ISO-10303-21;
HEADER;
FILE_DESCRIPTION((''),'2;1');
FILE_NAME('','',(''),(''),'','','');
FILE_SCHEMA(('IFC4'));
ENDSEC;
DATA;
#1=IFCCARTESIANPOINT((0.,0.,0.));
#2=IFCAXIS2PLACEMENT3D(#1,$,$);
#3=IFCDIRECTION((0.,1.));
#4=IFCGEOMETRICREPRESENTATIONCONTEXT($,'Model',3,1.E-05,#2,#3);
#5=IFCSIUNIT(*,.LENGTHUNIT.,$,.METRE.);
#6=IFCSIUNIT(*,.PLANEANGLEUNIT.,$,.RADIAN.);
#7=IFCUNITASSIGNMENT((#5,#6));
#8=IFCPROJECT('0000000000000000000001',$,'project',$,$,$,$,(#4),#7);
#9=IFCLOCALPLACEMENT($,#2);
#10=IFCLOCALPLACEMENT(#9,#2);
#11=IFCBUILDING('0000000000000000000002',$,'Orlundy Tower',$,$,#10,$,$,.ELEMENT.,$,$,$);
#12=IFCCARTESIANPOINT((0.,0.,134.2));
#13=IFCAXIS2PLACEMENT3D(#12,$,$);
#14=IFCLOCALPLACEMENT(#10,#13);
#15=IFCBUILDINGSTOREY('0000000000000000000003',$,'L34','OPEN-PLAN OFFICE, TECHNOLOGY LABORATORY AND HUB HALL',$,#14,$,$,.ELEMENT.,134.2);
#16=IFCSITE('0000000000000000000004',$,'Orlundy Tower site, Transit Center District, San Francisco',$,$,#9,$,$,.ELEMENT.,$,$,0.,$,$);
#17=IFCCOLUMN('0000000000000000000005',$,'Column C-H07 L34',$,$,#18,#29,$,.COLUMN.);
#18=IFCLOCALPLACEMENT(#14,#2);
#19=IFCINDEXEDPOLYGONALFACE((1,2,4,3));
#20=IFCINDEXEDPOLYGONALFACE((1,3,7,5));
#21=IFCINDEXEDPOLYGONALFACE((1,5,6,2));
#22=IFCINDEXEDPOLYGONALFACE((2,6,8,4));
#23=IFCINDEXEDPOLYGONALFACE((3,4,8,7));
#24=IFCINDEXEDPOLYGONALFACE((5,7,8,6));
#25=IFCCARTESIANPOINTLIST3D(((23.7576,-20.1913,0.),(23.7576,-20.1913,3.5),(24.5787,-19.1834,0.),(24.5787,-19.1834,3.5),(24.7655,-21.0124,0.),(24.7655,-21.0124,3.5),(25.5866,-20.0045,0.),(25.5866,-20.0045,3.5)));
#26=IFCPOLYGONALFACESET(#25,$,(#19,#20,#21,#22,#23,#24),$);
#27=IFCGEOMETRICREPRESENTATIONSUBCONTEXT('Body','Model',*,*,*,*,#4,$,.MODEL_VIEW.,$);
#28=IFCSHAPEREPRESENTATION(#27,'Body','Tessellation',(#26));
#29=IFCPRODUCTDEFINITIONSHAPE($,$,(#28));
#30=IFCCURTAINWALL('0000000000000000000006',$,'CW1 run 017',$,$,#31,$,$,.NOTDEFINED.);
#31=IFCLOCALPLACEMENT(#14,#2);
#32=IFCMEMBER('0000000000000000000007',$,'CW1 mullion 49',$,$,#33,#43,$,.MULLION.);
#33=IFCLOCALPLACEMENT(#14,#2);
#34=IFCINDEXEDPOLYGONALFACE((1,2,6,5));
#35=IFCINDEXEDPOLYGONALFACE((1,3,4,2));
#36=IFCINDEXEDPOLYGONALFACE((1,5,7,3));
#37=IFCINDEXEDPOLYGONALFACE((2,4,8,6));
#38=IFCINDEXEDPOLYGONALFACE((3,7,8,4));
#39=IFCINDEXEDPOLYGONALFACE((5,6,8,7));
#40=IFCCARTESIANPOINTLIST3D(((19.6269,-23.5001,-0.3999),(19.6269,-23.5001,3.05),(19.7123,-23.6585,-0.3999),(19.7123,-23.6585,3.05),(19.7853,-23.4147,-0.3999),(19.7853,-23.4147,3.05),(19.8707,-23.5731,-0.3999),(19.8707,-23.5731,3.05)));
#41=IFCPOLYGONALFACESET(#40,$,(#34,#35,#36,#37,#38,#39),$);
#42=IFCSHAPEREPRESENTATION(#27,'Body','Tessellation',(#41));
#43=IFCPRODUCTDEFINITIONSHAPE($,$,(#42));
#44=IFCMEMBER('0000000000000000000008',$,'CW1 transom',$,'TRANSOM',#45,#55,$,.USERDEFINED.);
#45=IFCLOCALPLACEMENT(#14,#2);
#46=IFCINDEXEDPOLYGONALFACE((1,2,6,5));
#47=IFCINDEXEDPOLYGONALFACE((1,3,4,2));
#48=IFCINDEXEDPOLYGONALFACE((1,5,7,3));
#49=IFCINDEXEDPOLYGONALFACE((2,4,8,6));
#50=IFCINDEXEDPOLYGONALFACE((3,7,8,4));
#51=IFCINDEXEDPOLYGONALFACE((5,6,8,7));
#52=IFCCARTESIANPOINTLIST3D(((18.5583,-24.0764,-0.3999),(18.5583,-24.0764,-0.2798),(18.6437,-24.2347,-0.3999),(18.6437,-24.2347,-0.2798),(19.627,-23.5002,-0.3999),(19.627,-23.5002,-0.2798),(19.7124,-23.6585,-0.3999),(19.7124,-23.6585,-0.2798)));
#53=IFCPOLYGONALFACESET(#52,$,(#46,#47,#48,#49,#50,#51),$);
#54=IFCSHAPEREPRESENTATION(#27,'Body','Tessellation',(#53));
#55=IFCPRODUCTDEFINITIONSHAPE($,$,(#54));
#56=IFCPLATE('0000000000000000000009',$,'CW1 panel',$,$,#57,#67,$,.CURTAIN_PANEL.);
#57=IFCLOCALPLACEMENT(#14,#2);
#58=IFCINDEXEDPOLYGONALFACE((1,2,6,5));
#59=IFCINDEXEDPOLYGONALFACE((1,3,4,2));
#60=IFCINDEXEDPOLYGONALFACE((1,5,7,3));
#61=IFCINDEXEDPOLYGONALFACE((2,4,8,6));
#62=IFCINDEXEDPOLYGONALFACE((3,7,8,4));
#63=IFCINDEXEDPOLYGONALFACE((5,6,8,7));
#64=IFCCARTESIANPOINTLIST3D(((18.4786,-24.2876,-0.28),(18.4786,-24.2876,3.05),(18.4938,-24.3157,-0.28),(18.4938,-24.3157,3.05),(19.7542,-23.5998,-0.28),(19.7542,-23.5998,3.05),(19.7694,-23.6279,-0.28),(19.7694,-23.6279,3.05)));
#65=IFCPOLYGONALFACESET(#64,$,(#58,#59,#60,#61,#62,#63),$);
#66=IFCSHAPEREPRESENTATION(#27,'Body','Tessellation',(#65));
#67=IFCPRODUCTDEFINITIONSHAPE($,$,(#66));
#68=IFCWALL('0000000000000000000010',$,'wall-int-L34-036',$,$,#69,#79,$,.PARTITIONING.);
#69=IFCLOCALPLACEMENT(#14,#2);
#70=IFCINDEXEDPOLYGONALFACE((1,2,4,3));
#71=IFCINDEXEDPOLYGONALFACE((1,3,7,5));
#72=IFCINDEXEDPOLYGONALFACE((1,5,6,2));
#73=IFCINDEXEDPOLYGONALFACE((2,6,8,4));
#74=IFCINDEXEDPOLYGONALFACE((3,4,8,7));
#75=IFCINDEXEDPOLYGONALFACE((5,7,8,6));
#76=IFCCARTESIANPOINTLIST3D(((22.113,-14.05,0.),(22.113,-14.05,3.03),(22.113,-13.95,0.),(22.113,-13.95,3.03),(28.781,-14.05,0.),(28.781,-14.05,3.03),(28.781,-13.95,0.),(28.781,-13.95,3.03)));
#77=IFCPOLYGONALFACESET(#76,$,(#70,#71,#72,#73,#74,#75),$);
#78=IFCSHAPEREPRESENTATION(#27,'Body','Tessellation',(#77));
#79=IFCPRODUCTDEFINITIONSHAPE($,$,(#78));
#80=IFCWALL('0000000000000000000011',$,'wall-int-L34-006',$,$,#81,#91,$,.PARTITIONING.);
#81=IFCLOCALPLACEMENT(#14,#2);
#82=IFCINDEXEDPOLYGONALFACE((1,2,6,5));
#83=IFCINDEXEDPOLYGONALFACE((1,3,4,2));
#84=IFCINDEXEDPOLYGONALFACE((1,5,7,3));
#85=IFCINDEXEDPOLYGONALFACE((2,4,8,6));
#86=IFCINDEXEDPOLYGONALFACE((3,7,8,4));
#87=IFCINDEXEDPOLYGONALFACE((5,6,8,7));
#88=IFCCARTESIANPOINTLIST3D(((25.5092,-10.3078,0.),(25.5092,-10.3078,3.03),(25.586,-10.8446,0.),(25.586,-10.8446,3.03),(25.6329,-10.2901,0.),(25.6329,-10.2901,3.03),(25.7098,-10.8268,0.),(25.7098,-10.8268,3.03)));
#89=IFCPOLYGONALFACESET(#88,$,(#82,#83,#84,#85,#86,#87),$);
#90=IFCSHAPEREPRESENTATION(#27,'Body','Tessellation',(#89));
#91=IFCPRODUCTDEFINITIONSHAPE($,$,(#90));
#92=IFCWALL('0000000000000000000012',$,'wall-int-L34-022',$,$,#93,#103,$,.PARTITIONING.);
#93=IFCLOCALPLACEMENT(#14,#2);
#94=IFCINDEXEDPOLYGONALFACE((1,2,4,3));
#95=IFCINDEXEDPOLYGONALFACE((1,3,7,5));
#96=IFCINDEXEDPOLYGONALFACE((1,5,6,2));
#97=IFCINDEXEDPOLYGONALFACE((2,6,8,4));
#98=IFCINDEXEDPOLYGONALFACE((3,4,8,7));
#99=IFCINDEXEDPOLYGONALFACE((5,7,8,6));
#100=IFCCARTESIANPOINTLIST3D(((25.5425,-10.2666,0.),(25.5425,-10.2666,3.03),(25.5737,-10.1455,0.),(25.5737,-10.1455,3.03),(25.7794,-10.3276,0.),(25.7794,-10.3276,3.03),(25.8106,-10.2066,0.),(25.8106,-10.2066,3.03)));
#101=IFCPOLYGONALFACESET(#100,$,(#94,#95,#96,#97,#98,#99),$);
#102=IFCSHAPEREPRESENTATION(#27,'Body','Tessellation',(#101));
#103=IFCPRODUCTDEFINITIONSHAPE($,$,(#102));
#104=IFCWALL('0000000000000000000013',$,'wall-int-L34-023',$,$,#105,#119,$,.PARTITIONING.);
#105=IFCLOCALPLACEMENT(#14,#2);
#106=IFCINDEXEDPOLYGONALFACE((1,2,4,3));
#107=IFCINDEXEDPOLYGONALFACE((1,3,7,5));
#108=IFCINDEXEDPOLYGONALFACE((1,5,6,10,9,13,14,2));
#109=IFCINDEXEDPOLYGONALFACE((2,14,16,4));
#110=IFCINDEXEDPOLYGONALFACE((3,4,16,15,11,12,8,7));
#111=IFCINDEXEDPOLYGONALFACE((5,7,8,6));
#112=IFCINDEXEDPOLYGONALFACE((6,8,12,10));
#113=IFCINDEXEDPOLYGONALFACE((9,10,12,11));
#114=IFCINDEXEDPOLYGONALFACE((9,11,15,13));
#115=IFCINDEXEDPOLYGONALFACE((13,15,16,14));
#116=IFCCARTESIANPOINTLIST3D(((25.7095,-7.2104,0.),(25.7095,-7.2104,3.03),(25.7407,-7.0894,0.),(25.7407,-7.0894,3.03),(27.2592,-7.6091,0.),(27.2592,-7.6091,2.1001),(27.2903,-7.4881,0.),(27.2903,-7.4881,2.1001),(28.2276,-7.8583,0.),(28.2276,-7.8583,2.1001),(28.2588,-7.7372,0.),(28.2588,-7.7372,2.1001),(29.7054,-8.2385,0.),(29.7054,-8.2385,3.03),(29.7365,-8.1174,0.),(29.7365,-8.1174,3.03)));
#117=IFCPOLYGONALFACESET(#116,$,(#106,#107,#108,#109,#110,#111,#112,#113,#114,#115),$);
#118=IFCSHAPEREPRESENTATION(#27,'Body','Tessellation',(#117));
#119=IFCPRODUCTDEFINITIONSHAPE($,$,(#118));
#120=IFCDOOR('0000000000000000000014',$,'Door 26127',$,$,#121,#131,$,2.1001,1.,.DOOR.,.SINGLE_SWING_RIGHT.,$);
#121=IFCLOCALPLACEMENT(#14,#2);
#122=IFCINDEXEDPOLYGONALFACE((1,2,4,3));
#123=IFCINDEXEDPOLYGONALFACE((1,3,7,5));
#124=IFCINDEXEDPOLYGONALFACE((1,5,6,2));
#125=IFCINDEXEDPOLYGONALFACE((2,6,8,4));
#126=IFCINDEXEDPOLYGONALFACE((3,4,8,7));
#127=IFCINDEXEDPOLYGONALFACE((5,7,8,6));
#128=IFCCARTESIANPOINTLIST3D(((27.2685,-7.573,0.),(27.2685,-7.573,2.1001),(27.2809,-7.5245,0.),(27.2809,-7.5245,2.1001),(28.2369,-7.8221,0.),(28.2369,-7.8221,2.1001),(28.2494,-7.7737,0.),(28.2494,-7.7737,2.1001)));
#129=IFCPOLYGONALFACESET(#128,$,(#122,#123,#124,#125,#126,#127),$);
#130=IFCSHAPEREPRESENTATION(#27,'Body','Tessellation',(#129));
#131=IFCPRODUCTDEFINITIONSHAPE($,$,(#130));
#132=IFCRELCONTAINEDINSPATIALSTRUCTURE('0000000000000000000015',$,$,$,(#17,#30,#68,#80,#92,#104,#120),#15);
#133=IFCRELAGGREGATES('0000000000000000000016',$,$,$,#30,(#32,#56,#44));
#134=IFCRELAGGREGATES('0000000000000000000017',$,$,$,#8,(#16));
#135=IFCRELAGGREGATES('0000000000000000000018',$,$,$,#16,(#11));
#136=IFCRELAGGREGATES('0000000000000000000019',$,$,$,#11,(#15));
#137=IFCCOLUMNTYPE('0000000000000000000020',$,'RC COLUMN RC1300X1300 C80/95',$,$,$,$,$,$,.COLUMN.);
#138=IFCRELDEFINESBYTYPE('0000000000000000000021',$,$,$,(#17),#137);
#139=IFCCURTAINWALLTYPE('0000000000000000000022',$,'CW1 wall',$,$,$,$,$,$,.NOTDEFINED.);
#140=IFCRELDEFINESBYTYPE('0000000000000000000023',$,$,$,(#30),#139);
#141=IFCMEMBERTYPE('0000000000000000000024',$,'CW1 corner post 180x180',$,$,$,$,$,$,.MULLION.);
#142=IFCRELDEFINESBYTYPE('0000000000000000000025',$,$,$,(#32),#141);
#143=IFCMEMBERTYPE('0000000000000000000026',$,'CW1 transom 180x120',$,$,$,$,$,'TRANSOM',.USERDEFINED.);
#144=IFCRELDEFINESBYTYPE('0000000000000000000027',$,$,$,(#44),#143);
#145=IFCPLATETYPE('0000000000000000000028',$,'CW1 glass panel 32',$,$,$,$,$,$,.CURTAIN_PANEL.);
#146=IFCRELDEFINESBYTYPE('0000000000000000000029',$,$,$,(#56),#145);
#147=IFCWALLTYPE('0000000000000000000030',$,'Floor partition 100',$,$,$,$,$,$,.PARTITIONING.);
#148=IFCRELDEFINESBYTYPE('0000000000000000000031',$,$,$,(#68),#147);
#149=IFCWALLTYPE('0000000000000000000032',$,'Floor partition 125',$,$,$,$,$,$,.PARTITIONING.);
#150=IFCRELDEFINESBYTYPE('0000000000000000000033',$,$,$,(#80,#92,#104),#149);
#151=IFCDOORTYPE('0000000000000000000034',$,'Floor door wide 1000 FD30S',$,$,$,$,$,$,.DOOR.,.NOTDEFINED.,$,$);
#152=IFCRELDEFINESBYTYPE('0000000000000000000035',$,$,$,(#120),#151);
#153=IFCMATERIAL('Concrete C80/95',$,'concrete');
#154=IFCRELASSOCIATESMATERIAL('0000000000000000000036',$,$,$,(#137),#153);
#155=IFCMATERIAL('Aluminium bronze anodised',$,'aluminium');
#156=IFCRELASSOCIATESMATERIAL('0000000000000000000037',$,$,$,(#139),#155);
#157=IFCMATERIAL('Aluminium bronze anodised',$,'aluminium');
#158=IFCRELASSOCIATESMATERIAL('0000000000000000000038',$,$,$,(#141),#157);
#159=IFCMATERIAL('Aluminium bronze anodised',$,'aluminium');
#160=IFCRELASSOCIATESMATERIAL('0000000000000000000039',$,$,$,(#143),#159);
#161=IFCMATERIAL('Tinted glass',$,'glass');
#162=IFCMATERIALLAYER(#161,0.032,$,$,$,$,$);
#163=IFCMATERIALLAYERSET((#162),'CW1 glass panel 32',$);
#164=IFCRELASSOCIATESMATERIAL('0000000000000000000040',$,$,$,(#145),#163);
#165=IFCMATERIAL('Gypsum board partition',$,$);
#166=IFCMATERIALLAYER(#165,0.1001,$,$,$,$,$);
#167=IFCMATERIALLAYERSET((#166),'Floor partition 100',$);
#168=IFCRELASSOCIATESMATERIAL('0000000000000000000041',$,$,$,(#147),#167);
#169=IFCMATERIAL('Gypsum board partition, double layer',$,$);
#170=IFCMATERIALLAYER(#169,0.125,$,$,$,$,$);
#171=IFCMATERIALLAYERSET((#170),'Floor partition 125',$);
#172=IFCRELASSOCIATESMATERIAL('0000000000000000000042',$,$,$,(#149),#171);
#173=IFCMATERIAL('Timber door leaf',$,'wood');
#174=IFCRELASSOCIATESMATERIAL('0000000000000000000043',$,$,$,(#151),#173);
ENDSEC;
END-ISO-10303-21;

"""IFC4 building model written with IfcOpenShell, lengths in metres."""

from ifc_helpers import new_model, si_unit, direction, frame, frame_2d, origin, origin_2d, place, context, subcontext, project, spatial, rectangle, extrude, material, layer, layer_set, material_profile, profile_set, type_object, element, fill, aggregate, save


model = new_model("IFC4")

# Units and contexts
model_context = context("Model", 3, precision=1e-05, world=origin(), true_north=direction((0.0, 1.0)))
body_context = subcontext(model_context, "Body", "Model", "MODEL_VIEW")
ifc_project = project(units=[si_unit("LENGTHUNIT", "METRE"), si_unit("PLANEANGLEUNIT", "RADIAN")], contexts=[model_context])

# Site, building, storey
site_placement = place(None, origin())
site = spatial("IfcSite", under=ifc_project, at=site_placement, Name="Orlundy Tower site, Transit Center District, San Francisco", CompositionType="ELEMENT", RefElevation=0.0)
building_placement = place(site_placement, origin())
building = spatial("IfcBuilding", under=site, at=building_placement, Name="Orlundy Tower", CompositionType="ELEMENT")
storey_placement = place(building_placement, frame((0.0, 0.0, 134.2)))
storey = spatial("IfcBuildingStorey", under=building, at=storey_placement, Name="L34", Description="OPEN-PLAN OFFICE, TECHNOLOGY LABORATORY AND HUB HALL", CompositionType="ELEMENT", Elevation=134.2)

# Column
ifc_material_1 = material(Name="Concrete C80/95", Category="concrete")
ifc_material_profile_1 = material_profile(ifc_material_1, rectangle(XDim=1.3, YDim=1.3, at=origin_2d()), Name="RC1300X1300")
ifc_profile_set_1 = profile_set([ifc_material_profile_1], Name="Concrete C80/95")
column_type = type_object("IfcColumnType", Name="RC COLUMN RC1300X1300 C80/95", PredefinedType="COLUMN", material=ifc_profile_set_1)
column_placement = place(storey_placement, frame((24.6721, -20.0979, 0.0), z_axis=(0.0, 0.0, 1.0), x_axis=(0.775308, -0.631583, 0.0)))
element("IfcColumn", 1, at=column_placement, inside=storey, type_object=column_type, Name="Column C-H07 L34", PredefinedType="COLUMN", context=body_context, shape_type="SweptSolid", body=[
    extrude(rectangle(XDim=1.3, YDim=1.3, at=origin_2d()), origin(), (0.0, 0.0, 1.0), 3.5),
])

# Curtain wall, members, plate
ifc_material_2 = material(Name="Aluminium bronze anodised", Category="aluminium")
curtain_wall_type = type_object("IfcCurtainWallType", Name="CW1 wall", PredefinedType="NOTDEFINED", material=ifc_material_2)
curtain_wall_placement = place(storey_placement, origin())
curtain_wall = element("IfcCurtainWall", 2, at=curtain_wall_placement, inside=storey, type_object=curtain_wall_type, Name="CW1 run 017", PredefinedType="NOTDEFINED")
ifc_material_3 = material(Name="Aluminium bronze anodised", Category="aluminium")
ifc_material_profile_2 = material_profile(ifc_material_3, rectangle(XDim=0.1799, YDim=0.1799, at=origin_2d()), Name="CW1 corner post 180x180")
ifc_profile_set_2 = profile_set([ifc_material_profile_2], Name="Aluminium bronze anodised")
member_type_1 = type_object("IfcMemberType", Name="CW1 corner post 180x180", PredefinedType="MULLION", material=ifc_profile_set_2)
member_1_placement = place(storey_placement, frame((19.7488, -23.5366, -0.3999), z_axis=(0.0, 0.0, 1.0), x_axis=(0.474616, -0.880193, 0.0)))
member_1 = element("IfcMember", 3, at=member_1_placement, type_object=member_type_1, Name="CW1 mullion 49", PredefinedType="MULLION", context=body_context, shape_type="SweptSolid", body=[
    extrude(rectangle(XDim=0.1799, YDim=0.1799, at=origin_2d()), origin(), (0.0, 0.0, 1.0), 3.45),
])
ifc_material_4 = material(Name="Aluminium bronze anodised", Category="aluminium")
ifc_material_profile_3 = material_profile(ifc_material_4, rectangle(XDim=0.1799, YDim=0.1201, at=origin_2d()), Name="CW1 transom 180x120")
ifc_profile_set_3 = profile_set([ifc_material_profile_3], Name="Aluminium bronze anodised")
member_type_2 = type_object("IfcMemberType", Name="CW1 transom 180x120", ElementType="TRANSOM", PredefinedType="USERDEFINED", material=ifc_profile_set_3)
member_2_placement = place(storey_placement, frame((19.6697, -23.5793, -0.3398), z_axis=(-0.880206, -0.474591, 0.0), x_axis=(0.474591, -0.880206, 0.0)))
member_2 = element("IfcMember", 4, at=member_2_placement, type_object=member_type_2, Name="CW1 transom", ObjectType="TRANSOM", PredefinedType="USERDEFINED", context=body_context, shape_type="SweptSolid", body=[
    extrude(rectangle(XDim=0.1799, YDim=0.1201, at=origin_2d()), origin(), (0.0, 0.0, 1.0), 1.2141),
])
ifc_material_5 = material(Name="Tinted glass", Category="glass")
ifc_layer_1 = layer(ifc_material_5, 0.032)
ifc_layer_set_1 = layer_set([ifc_layer_1], Name="CW1 glass panel 32")
plate_type = type_object("IfcPlateType", Name="CW1 glass panel 32", PredefinedType="CURTAIN_PANEL", material=ifc_layer_set_1)
plate_placement = place(storey_placement, frame((19.124, -23.9578, -0.28), z_axis=(0.0, 0.0, 1.0), x_axis=(-0.880193, -0.474616, 0.0)))
plate = element("IfcPlate", 5, at=plate_placement, type_object=plate_type, Name="CW1 panel", PredefinedType="CURTAIN_PANEL", context=body_context, shape_type="SweptSolid", body=[
    extrude(rectangle(XDim=1.4492, YDim=0.032, at=origin_2d()), origin(), (0.0, 0.0, 1.0), 3.3301),
])
aggregate(curtain_wall, [member_1, plate, member_2])

# Walls
ifc_material_6 = material(Name="Gypsum board partition")
ifc_layer_2 = layer(ifc_material_6, 0.1001)
ifc_layer_set_2 = layer_set([ifc_layer_2], Name="Floor partition 100")
wall_type_1 = type_object("IfcWallType", Name="Floor partition 100", PredefinedType="PARTITIONING", material=ifc_layer_set_2)
wall_1_placement = place(storey_placement, frame((22.113, -14.0, 0.0), z_axis=(0.0, 0.0, 1.0), x_axis=(1.0, 0.0, 0.0)))
element("IfcWall", 6, at=wall_1_placement, inside=storey, type_object=wall_type_1, Name="wall-int-L34-036", PredefinedType="PARTITIONING", context=body_context, shape_type="SweptSolid", body=[
    extrude(rectangle(XDim=6.668, YDim=0.1001, at=frame_2d((3.334, 0.0))), origin(), (0.0, 0.0, 1.0), 3.03),
])
ifc_material_7 = material(Name="Gypsum board partition, double layer")
ifc_layer_3 = layer(ifc_material_7, 0.125)
ifc_layer_set_3 = layer_set([ifc_layer_3], Name="Floor partition 125")
wall_type_2 = type_object("IfcWallType", Name="Floor partition 125", PredefinedType="PARTITIONING", material=ifc_layer_set_3)
wall_2_placement = place(storey_placement, frame((25.571, -10.2991, 0.0), z_axis=(0.0, 0.0, 1.0), x_axis=(0.141799, -0.989895, 0.0)))
element("IfcWall", 7, at=wall_2_placement, inside=storey, type_object=wall_type_2, Name="wall-int-L34-006", PredefinedType="PARTITIONING", context=body_context, shape_type="SweptSolid", body=[
    extrude(rectangle(XDim=0.5422, YDim=0.125, at=frame_2d((0.271, 0.0))), origin(), (0.0, 0.0, 1.0), 3.03),
])
wall_3_placement = place(storey_placement, frame((25.5581, -10.2061, 0.0), z_axis=(0.0, 0.0, 1.0), x_axis=(0.968355, -0.249576, 0.0)))
element("IfcWall", 8, at=wall_3_placement, inside=storey, type_object=wall_type_2, Name="wall-int-L34-022", PredefinedType="PARTITIONING", context=body_context, shape_type="SweptSolid", body=[
    extrude(rectangle(XDim=0.2446, YDim=0.125, at=frame_2d((0.1223, 0.0))), origin(), (0.0, 0.0, 1.0), 3.03),
])

# Wall, opening, door
wall_4_placement = place(storey_placement, frame((25.7251, -7.1499, 0.0), z_axis=(0.0, 0.0, 1.0), x_axis=(0.968459, -0.249171, 0.0)))
wall_4 = element("IfcWall", 9, at=wall_4_placement, inside=storey, type_object=wall_type_2, Name="wall-int-L34-023", PredefinedType="PARTITIONING", context=body_context, shape_type="SweptSolid", body=[
    extrude(rectangle(XDim=4.126, YDim=0.125, at=frame_2d((2.063, 0.0))), origin(), (0.0, 0.0, 1.0), 3.03),
])
opening_1_placement = place(wall_4_placement, frame((1.6001, 0.0, 0.0)))
opening_1 = element("IfcOpeningElement", 10, at=opening_1_placement, cuts=wall_4, PredefinedType="OPENING", context=body_context, shape_type="SweptSolid", body=[
    extrude(rectangle(XDim=1.0, YDim=2.1001, at=frame_2d((0.5, 1.05))), frame((0.0, 0.0725, 0.0), z_axis=(0.0, -1.0, 0.0), x_axis=(1.0, 0.0, 0.0)), (0.0, 0.0, 1.0), 0.145),
])
ifc_material_8 = material(Name="Timber door leaf", Category="wood")
door_type_1 = type_object("IfcDoorType", Name="Floor door wide 1000 FD30S", OperationType="NOTDEFINED", PredefinedType="DOOR", material=ifc_material_8)
door_1_placement = place(opening_1_placement, origin())
door_1 = element("IfcDoor", 11, at=door_1_placement, inside=storey, type_object=door_type_1, Name="Door 26127", OperationType="SINGLE_SWING_RIGHT", OverallHeight=2.1001, OverallWidth=1.0, PredefinedType="DOOR", context=body_context, shape_type="SweptSolid", body=[
    extrude(rectangle(XDim=1.0, YDim=2.1001, at=frame_2d((0.5, 1.05))), frame((0.0, 0.0249, 0.0), z_axis=(0.0, -1.0, 0.0), x_axis=(1.0, 0.0, 0.0)), (0.0, 0.0, 1.0), 0.05),
])
fill(opening_1, door_1)

save(model, "model.ifc")
